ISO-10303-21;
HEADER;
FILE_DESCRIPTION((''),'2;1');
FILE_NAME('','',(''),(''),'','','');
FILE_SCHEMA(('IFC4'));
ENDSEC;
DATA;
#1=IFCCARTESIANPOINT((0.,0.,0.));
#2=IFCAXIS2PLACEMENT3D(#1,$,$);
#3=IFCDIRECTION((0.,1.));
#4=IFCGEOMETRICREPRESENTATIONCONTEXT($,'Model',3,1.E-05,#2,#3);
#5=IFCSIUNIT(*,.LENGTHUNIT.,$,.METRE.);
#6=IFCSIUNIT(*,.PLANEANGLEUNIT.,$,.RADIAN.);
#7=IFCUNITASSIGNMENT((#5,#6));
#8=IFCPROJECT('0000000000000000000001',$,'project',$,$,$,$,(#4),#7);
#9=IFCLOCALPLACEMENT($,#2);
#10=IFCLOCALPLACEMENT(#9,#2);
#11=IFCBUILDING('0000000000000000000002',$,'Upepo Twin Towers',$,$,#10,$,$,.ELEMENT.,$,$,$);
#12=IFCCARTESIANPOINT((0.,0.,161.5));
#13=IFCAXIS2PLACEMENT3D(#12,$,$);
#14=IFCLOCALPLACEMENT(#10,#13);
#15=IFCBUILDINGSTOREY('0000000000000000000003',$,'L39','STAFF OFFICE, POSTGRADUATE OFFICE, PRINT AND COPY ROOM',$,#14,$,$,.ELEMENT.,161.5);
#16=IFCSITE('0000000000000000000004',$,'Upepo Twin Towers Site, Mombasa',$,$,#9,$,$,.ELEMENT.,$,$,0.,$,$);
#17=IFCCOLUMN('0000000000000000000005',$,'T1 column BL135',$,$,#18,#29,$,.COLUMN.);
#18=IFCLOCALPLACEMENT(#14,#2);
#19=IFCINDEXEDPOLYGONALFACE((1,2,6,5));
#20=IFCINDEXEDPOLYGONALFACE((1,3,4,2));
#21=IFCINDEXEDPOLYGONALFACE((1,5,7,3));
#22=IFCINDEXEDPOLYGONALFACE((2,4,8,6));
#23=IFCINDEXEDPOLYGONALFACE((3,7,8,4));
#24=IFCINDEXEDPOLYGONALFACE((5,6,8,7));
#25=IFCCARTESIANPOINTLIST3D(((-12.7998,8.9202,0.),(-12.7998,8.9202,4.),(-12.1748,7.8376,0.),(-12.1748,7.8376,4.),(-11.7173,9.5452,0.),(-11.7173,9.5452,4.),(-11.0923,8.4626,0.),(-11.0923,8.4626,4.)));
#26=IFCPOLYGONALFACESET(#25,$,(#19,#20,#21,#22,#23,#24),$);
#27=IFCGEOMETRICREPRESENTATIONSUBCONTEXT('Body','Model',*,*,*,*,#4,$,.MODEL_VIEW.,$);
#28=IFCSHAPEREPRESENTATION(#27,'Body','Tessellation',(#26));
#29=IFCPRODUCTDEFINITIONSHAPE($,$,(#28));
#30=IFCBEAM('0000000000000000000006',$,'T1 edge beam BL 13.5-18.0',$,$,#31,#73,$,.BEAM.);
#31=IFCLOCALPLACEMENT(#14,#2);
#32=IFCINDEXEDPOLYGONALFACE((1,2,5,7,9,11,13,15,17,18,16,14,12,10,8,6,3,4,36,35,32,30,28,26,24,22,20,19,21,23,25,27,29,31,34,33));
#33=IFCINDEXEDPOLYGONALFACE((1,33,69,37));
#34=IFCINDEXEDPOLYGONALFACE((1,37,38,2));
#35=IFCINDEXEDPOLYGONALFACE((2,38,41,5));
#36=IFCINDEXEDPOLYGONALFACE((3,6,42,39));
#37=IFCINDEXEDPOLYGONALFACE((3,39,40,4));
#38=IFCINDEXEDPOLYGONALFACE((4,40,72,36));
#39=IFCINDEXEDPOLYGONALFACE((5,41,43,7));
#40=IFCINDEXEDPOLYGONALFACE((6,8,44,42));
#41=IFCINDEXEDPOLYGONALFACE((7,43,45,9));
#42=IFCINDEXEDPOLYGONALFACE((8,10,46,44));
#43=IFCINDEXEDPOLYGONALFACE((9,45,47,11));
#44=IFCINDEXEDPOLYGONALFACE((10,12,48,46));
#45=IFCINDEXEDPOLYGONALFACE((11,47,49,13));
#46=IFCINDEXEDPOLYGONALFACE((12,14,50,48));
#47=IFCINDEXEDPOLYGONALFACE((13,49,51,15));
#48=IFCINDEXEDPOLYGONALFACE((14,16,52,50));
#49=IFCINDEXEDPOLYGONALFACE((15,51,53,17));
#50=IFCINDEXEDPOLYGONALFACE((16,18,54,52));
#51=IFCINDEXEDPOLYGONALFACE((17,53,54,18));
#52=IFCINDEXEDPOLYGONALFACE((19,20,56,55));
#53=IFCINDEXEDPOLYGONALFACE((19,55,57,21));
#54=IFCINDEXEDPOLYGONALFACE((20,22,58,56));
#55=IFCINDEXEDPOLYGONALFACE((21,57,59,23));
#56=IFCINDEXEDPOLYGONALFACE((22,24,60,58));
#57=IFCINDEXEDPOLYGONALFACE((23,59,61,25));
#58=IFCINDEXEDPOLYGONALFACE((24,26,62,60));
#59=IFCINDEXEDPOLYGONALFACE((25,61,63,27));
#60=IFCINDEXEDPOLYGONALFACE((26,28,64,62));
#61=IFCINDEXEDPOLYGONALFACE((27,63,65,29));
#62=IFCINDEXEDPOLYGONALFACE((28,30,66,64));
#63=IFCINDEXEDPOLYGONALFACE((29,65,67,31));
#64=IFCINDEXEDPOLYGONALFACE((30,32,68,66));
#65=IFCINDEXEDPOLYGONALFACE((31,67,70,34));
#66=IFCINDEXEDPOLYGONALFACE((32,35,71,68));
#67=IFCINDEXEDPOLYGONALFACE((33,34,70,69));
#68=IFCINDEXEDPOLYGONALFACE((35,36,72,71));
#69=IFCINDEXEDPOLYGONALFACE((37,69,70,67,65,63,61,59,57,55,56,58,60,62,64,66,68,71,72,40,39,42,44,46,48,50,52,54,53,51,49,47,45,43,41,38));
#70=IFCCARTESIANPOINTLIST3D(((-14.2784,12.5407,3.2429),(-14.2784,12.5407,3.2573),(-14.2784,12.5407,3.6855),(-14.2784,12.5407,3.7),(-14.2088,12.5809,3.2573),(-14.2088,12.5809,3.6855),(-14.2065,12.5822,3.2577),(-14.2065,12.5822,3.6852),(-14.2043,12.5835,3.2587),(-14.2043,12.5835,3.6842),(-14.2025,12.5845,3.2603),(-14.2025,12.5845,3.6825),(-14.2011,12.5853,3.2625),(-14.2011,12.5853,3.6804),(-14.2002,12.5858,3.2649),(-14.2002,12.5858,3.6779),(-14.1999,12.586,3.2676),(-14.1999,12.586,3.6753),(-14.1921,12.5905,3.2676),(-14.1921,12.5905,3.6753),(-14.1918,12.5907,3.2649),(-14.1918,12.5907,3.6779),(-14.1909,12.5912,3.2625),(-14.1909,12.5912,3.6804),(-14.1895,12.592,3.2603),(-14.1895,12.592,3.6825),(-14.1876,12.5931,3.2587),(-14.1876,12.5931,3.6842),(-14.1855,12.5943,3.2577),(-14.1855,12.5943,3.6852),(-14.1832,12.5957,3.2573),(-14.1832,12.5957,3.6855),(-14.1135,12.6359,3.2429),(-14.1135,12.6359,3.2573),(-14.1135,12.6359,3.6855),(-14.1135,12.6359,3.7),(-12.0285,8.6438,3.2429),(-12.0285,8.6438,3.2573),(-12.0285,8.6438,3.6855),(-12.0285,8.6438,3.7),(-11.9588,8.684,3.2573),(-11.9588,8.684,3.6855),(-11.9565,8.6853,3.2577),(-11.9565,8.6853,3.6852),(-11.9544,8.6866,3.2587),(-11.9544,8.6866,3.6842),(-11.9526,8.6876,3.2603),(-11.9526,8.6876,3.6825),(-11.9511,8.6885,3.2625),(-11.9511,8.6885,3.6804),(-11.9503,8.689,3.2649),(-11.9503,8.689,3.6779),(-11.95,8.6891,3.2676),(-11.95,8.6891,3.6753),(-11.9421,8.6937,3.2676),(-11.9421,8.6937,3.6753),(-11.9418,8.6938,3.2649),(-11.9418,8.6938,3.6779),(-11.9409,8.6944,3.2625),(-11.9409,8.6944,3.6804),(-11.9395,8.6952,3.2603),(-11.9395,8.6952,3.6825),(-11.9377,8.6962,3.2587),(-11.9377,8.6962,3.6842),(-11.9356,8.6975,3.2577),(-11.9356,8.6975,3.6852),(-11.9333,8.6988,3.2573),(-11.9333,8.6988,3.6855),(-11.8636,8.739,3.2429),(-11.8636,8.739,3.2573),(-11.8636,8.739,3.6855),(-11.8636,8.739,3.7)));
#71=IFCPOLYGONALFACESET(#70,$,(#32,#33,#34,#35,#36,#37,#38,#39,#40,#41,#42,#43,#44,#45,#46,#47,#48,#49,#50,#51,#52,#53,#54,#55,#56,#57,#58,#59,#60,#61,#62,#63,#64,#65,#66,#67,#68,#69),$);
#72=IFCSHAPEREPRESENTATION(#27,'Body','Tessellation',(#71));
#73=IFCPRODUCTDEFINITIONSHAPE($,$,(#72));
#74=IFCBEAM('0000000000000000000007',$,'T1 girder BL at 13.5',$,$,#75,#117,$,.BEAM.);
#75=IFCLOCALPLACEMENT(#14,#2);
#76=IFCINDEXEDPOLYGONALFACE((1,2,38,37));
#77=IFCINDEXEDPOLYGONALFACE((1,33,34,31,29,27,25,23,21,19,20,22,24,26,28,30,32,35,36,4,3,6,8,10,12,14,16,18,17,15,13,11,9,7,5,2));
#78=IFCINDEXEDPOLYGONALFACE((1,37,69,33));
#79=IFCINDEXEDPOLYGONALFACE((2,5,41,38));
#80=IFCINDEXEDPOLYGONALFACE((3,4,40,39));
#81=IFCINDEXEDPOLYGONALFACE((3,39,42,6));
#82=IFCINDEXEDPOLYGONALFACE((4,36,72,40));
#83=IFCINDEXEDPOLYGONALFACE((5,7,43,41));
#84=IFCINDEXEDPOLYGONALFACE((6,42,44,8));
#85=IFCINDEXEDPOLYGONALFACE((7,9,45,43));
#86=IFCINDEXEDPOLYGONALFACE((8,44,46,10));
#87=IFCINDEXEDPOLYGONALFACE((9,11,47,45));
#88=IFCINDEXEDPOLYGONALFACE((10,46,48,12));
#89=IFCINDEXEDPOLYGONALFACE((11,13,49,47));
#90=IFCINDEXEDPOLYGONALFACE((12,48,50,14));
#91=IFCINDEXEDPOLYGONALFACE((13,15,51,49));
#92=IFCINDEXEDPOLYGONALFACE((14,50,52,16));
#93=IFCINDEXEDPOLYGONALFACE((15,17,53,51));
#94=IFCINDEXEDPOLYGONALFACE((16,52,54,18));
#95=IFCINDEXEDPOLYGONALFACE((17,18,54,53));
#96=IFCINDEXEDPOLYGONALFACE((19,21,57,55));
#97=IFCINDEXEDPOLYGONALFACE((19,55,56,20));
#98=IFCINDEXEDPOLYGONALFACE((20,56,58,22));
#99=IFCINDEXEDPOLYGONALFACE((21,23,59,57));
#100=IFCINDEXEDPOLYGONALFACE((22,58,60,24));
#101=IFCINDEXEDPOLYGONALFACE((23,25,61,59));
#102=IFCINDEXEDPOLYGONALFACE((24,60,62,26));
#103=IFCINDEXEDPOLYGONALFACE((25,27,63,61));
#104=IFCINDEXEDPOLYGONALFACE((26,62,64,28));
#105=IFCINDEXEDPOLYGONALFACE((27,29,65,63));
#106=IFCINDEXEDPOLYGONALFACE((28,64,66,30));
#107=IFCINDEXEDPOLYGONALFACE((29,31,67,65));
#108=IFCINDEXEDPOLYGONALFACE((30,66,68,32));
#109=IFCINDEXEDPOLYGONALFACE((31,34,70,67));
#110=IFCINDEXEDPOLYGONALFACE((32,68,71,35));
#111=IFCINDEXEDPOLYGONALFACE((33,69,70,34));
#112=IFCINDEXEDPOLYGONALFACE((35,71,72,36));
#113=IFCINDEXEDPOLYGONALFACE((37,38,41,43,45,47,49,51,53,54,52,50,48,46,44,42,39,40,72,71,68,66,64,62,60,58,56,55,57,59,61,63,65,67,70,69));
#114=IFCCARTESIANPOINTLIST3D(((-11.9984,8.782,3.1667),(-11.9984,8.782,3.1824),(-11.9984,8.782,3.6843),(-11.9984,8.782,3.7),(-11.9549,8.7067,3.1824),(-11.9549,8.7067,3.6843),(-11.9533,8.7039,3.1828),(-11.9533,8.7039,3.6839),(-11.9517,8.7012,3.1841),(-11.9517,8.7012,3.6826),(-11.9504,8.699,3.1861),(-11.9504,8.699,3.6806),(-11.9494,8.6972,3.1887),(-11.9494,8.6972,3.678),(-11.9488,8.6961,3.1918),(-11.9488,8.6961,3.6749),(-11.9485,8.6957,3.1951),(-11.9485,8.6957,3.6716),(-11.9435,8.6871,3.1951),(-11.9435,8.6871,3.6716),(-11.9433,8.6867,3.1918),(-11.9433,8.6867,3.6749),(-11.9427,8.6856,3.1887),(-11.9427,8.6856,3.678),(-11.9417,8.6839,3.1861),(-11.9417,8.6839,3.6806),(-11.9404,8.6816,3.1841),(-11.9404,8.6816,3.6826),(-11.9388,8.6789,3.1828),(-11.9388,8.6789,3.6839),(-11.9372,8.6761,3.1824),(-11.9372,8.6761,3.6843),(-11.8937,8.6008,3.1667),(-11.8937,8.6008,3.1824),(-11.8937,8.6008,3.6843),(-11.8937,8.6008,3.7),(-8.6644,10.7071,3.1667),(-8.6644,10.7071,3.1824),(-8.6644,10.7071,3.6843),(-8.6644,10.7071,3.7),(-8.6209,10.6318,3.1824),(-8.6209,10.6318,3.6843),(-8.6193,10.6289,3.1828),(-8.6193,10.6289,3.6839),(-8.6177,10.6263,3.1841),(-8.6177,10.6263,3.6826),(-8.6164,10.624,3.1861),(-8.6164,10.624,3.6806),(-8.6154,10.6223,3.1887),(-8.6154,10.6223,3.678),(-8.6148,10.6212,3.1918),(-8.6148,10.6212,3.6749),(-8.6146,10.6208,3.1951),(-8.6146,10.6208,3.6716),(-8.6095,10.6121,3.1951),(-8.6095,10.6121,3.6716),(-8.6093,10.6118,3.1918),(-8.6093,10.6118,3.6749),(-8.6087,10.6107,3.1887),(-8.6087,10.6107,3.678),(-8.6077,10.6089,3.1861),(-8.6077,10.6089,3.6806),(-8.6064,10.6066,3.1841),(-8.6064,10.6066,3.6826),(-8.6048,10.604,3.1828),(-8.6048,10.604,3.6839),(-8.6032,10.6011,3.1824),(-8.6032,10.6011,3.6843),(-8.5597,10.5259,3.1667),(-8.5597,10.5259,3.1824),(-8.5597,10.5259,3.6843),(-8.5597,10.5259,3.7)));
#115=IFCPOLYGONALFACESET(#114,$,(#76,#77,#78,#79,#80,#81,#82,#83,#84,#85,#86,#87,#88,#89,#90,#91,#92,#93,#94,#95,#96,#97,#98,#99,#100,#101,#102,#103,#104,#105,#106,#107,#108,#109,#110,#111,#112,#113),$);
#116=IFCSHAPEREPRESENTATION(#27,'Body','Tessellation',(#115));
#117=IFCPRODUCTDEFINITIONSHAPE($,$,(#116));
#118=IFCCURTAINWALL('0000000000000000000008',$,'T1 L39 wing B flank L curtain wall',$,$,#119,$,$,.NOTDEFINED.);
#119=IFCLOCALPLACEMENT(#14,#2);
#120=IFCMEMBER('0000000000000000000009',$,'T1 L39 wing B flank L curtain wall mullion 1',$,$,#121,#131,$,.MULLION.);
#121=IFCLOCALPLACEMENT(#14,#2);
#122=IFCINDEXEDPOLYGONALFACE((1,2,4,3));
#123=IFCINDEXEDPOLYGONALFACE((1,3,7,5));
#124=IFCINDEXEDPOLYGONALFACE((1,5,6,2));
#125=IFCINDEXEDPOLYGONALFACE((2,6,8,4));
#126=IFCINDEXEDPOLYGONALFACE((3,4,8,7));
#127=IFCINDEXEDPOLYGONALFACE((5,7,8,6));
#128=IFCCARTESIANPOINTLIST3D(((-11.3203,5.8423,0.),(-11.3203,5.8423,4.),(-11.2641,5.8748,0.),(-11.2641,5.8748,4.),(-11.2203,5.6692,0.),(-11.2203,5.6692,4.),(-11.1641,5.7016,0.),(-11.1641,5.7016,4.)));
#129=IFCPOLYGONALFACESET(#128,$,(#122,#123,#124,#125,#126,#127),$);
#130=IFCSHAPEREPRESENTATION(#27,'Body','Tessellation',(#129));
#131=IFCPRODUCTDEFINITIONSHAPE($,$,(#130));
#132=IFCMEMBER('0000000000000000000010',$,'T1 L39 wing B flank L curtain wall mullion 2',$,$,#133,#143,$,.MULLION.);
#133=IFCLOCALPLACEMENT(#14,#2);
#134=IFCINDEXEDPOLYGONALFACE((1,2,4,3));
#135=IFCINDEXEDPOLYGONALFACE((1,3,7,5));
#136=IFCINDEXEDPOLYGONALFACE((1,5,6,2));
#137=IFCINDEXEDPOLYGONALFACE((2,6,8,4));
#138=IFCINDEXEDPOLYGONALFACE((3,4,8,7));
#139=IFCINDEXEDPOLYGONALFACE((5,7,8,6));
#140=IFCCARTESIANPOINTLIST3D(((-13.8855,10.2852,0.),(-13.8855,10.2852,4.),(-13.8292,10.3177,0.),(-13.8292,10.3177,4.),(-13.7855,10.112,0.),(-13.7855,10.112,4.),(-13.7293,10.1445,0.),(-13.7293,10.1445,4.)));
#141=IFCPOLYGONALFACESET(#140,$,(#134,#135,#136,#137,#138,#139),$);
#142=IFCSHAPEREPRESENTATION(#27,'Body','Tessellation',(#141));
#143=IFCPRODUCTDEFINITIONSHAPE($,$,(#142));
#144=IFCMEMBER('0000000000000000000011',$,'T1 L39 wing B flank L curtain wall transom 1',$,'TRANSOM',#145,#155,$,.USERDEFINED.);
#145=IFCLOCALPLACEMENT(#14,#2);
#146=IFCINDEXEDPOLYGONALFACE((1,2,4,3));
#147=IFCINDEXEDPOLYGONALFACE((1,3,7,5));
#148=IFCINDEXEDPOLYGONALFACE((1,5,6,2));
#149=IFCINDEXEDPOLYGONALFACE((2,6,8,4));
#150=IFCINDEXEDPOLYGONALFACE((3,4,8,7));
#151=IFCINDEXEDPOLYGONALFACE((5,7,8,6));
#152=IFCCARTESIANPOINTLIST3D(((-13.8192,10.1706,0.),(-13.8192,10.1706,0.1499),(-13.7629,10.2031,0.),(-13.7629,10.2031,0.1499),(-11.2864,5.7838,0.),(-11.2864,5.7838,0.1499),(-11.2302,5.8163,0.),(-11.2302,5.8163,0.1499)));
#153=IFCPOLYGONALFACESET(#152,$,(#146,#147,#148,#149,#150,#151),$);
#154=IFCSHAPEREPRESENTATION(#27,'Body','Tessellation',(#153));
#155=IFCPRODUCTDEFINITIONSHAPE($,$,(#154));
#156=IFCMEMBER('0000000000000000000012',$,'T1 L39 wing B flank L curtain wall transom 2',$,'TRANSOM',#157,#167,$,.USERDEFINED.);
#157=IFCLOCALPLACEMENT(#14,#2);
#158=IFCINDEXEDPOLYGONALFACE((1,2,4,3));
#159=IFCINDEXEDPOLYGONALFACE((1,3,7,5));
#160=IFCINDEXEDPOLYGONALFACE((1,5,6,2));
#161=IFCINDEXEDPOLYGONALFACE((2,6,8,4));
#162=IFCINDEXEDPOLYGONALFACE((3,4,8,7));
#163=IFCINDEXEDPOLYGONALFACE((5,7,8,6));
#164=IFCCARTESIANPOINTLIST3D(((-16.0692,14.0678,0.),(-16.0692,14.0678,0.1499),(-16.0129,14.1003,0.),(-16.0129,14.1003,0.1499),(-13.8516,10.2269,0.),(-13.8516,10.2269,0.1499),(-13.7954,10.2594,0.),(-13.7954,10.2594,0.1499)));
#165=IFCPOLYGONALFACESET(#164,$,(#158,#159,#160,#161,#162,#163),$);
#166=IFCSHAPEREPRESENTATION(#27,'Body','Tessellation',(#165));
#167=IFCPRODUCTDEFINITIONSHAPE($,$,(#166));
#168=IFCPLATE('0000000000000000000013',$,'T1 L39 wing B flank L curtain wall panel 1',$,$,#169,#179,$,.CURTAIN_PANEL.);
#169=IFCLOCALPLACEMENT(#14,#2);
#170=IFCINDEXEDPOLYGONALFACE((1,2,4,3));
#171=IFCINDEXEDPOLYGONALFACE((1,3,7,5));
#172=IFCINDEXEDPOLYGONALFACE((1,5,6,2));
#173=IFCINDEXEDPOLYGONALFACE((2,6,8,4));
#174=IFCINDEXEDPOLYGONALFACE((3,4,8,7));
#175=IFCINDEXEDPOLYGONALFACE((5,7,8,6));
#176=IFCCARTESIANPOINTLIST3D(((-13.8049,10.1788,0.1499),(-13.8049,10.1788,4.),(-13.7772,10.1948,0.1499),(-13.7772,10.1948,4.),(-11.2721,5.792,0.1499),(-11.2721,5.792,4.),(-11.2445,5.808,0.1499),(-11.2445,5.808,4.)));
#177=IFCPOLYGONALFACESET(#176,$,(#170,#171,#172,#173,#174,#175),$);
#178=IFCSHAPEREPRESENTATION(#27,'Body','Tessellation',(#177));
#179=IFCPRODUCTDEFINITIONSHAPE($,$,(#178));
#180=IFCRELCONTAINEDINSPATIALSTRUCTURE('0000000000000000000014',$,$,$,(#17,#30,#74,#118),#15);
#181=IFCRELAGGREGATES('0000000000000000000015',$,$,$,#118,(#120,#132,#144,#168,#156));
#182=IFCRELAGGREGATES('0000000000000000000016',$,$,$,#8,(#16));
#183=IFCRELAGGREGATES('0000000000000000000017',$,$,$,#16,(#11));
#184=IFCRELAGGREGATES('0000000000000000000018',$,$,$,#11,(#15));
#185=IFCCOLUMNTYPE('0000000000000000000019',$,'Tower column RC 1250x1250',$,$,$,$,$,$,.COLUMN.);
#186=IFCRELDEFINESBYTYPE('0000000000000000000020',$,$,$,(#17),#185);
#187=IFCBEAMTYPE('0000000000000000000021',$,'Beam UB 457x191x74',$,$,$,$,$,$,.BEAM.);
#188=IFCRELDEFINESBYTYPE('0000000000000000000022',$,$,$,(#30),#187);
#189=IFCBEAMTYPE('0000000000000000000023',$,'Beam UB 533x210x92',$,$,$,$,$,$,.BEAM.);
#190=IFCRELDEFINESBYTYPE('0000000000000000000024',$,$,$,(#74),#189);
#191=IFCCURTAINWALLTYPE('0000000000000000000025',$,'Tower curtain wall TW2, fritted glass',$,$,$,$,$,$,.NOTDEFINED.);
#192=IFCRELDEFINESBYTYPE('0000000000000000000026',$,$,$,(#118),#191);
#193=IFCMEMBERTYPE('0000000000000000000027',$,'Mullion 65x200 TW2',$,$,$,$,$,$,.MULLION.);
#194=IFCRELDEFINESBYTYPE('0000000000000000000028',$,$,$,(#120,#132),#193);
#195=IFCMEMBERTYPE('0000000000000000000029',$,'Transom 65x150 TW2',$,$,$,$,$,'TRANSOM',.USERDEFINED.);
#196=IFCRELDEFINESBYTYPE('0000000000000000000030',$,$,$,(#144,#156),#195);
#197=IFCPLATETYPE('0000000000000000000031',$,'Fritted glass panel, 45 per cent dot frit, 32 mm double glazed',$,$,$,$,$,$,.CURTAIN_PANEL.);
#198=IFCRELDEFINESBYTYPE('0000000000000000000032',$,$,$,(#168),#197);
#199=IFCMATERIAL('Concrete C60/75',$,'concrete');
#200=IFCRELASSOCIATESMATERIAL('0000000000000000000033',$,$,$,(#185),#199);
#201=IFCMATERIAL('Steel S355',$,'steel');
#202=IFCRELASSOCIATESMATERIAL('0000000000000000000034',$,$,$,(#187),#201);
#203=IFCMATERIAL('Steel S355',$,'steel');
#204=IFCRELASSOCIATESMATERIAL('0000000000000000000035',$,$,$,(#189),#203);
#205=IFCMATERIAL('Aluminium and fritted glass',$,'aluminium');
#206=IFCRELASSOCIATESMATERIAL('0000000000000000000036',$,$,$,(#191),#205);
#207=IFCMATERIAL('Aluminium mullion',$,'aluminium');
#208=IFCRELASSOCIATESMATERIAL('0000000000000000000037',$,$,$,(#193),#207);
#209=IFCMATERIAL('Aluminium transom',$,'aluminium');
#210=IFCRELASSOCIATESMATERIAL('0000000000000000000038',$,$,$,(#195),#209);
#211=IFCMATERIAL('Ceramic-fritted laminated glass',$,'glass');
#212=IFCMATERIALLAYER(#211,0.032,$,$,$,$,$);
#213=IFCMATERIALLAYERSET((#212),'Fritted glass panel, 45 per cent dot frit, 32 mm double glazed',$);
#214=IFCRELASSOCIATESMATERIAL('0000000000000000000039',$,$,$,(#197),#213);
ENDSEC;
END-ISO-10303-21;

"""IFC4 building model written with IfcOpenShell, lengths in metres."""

from ifc_helpers import new_model, si_unit, direction, frame, origin, origin_2d, place, context, subcontext, project, spatial, rectangle, i_section, extrude, material, layer, layer_set, material_profile, profile_set, type_object, element, aggregate, save


model = new_model("IFC4")

# Units and contexts
model_context = context("Model", 3, precision=1e-05, world=origin(), true_north=direction((0.0, 1.0)))
body_context = subcontext(model_context, "Body", "Model", "MODEL_VIEW")
ifc_project = project(units=[si_unit("LENGTHUNIT", "METRE"), si_unit("PLANEANGLEUNIT", "RADIAN")], contexts=[model_context])

# Site, building, storey
site_placement = place(None, origin())
site = spatial("IfcSite", under=ifc_project, at=site_placement, Name="Upepo Twin Towers Site, Mombasa", CompositionType="ELEMENT", RefElevation=0.0)
building_placement = place(site_placement, origin())
building = spatial("IfcBuilding", under=site, at=building_placement, Name="Upepo Twin Towers", CompositionType="ELEMENT")
storey_placement = place(building_placement, frame((0.0, 0.0, 161.5)))
storey = spatial("IfcBuildingStorey", under=building, at=storey_placement, Name="L39", Description="STAFF OFFICE, POSTGRADUATE OFFICE, PRINT AND COPY ROOM", CompositionType="ELEMENT", Elevation=161.5)

# Column
ifc_material_1 = material(Name="Concrete C60/75", Category="concrete")
ifc_material_profile_1 = material_profile(ifc_material_1, rectangle(XDim=1.25, YDim=1.25, at=origin_2d()), Name="RC 1250x1250")
ifc_profile_set_1 = profile_set([ifc_material_profile_1], Name="Concrete C60/75")
column_type = type_object("IfcColumnType", Name="Tower column RC 1250x1250", PredefinedType="COLUMN", material=ifc_profile_set_1)
column_placement = place(storey_placement, frame((-11.946, 8.6914, 0.0), z_axis=(0.0, 0.0, 1.0), x_axis=(0.866025, 0.5, 0.0)))
element("IfcColumn", 1, at=column_placement, inside=storey, type_object=column_type, Name="T1 column BL135", PredefinedType="COLUMN", context=body_context, shape_type="SweptSolid", body=[
    extrude(rectangle(XDim=1.25, YDim=1.25, at=origin_2d()), origin(), (0.0, 0.0, 1.0), 4.0),
])

# Beams
ifc_material_2 = material(Name="Steel S355", Category="steel")
ifc_material_profile_2 = material_profile(ifc_material_2, i_section(OverallWidth=0.1904, OverallDepth=0.457, WebThickness=0.009, FlangeThickness=0.0144, FilletRadius=0.0103, at=origin_2d()), Name="UB 457x191x74")
ifc_profile_set_2 = profile_set([ifc_material_profile_2], Name="Steel S355")
beam_type_1 = type_object("IfcBeamType", Name="Beam UB 457x191x74", PredefinedType="BEAM", material=ifc_profile_set_2)
beam_1_placement = place(storey_placement, frame((-11.946, 8.6914, 3.4714), z_axis=(-0.500014, 0.866018, 0.0), x_axis=(-0.866018, -0.500014, 0.0)))
element("IfcBeam", 2, at=beam_1_placement, inside=storey, type_object=beam_type_1, Name="T1 edge beam BL 13.5-18.0", PredefinedType="BEAM", context=body_context, shape_type="SweptSolid", body=[
    extrude(i_section(OverallWidth=0.1904, OverallDepth=0.457, WebThickness=0.009, FlangeThickness=0.0144, FilletRadius=0.0103, at=origin_2d()), origin(), (0.0, 0.0, 1.0), 4.4998),
])
ifc_material_3 = material(Name="Steel S355", Category="steel")
ifc_material_profile_3 = material_profile(ifc_material_3, i_section(OverallWidth=0.2092, OverallDepth=0.5332, WebThickness=0.01, FlangeThickness=0.0156, FilletRadius=0.0127, at=origin_2d()), Name="UB 533x210x92")
ifc_profile_set_3 = profile_set([ifc_material_profile_3], Name="Steel S355")
beam_type_2 = type_object("IfcBeamType", Name="Beam UB 533x210x92", PredefinedType="BEAM", material=ifc_profile_set_3)
beam_2_placement = place(storey_placement, frame((-11.946, 8.6914, 3.4333), z_axis=(0.866006, 0.500034, 0.0), x_axis=(-0.500034, 0.866006, 0.0)))
element("IfcBeam", 3, at=beam_2_placement, inside=storey, type_object=beam_type_2, Name="T1 girder BL at 13.5", PredefinedType="BEAM", context=body_context, shape_type="SweptSolid", body=[
    extrude(i_section(OverallWidth=0.2092, OverallDepth=0.5332, WebThickness=0.01, FlangeThickness=0.0156, FilletRadius=0.0127, at=origin_2d()), origin(), (0.0, 0.0, 1.0), 3.8499),
])

# Curtain wall, members, plate
ifc_material_4 = material(Name="Aluminium and fritted glass", Category="aluminium")
curtain_wall_type = type_object("IfcCurtainWallType", Name="Tower curtain wall TW2, fritted glass", PredefinedType="NOTDEFINED", material=ifc_material_4)
curtain_wall_placement = place(storey_placement, origin())
curtain_wall = element("IfcCurtainWall", 4, at=curtain_wall_placement, inside=storey, type_object=curtain_wall_type, Name="T1 L39 wing B flank L curtain wall", PredefinedType="NOTDEFINED")
ifc_material_5 = material(Name="Aluminium mullion", Category="aluminium")
ifc_material_profile_4 = material_profile(ifc_material_5, rectangle(XDim=0.0649, YDim=0.2, at=origin_2d()), Name="MULLION 65x200")
ifc_profile_set_4 = profile_set([ifc_material_profile_4], Name="Aluminium mullion")
member_type_1 = type_object("IfcMemberType", Name="Mullion 65x200 TW2", PredefinedType="MULLION", material=ifc_profile_set_4)
member_1_placement = place(storey_placement, frame((-11.2422, 5.772, 0.0), z_axis=(0.0, 0.0, 1.0), x_axis=(-0.866025, -0.5, 0.0)))
member_1 = element("IfcMember", 5, at=member_1_placement, type_object=member_type_1, Name="T1 L39 wing B flank L curtain wall mullion 1", PredefinedType="MULLION", context=body_context, shape_type="SweptSolid", body=[
    extrude(rectangle(XDim=0.0649, YDim=0.2, at=origin_2d()), origin(), (0.0, 0.0, 1.0), 4.0),
])
member_2_placement = place(storey_placement, frame((-13.8074, 10.2148, 0.0), z_axis=(0.0, 0.0, 1.0), x_axis=(-0.866025, -0.5, 0.0)))
member_2 = element("IfcMember", 6, at=member_2_placement, type_object=member_type_1, Name="T1 L39 wing B flank L curtain wall mullion 2", PredefinedType="MULLION", context=body_context, shape_type="SweptSolid", body=[
    extrude(rectangle(XDim=0.0649, YDim=0.2, at=origin_2d()), origin(), (0.0, 0.0, 1.0), 4.0),
])
ifc_material_6 = material(Name="Aluminium transom", Category="aluminium")
ifc_material_profile_5 = material_profile(ifc_material_6, rectangle(XDim=0.0649, YDim=0.1499, at=origin_2d()), Name="TRANSOM 65x150")
ifc_profile_set_5 = profile_set([ifc_material_profile_5], Name="Aluminium transom")
member_type_2 = type_object("IfcMemberType", Name="Transom 65x150 TW2", ElementType="TRANSOM", PredefinedType="USERDEFINED", material=ifc_profile_set_5)
member_3_placement = place(storey_placement, frame((-11.2583, 5.8, 0.075), z_axis=(-0.500006, 0.866022, 0.0), x_axis=(-0.866022, -0.500006, 0.0)))
member_3 = element("IfcMember", 7, at=member_3_placement, type_object=member_type_2, Name="T1 L39 wing B flank L curtain wall transom 1", ObjectType="TRANSOM", PredefinedType="USERDEFINED", context=body_context, shape_type="SweptSolid", body=[
    extrude(rectangle(XDim=0.0649, YDim=0.1499, at=origin_2d()), origin(), (0.0, 0.0, 1.0), 5.0654),
])
member_4_placement = place(storey_placement, frame((-13.8235, 10.2432, 0.075), z_axis=(-0.500005, 0.866022, 0.0), x_axis=(-0.866022, -0.500005, 0.0)))
member_4 = element("IfcMember", 8, at=member_4_placement, type_object=member_type_2, Name="T1 L39 wing B flank L curtain wall transom 2", ObjectType="TRANSOM", PredefinedType="USERDEFINED", context=body_context, shape_type="SweptSolid", body=[
    extrude(rectangle(XDim=0.0649, YDim=0.1499, at=origin_2d()), origin(), (0.0, 0.0, 1.0), 4.4351),
])
ifc_material_7 = material(Name="Ceramic-fritted laminated glass", Category="glass")
ifc_layer_1 = layer(ifc_material_7, 0.032)
ifc_layer_set_1 = layer_set([ifc_layer_1], Name="Fritted glass panel, 45 per cent dot frit, 32 mm double glazed")
plate_type = type_object("IfcPlateType", Name="Fritted glass panel, 45 per cent dot frit, 32 mm double glazed", PredefinedType="CURTAIN_PANEL", material=ifc_layer_set_1)
plate_1_placement = place(storey_placement, frame((-12.5247, 7.9934, 0.1499), z_axis=(0.0, 0.0, 1.0), x_axis=(-0.5, 0.866025, 0.0)))
plate_1 = element("IfcPlate", 9, at=plate_1_placement, type_object=plate_type, Name="T1 L39 wing B flank L curtain wall panel 1", PredefinedType="CURTAIN_PANEL", context=body_context, shape_type="SweptSolid", body=[
    extrude(rectangle(XDim=5.0654, YDim=0.032, at=origin_2d()), origin(), (0.0, 0.0, 1.0), 3.8501),
])
aggregate(curtain_wall, [member_1, member_2, member_3, plate_1, member_4])

save(model, "model.ifc")
